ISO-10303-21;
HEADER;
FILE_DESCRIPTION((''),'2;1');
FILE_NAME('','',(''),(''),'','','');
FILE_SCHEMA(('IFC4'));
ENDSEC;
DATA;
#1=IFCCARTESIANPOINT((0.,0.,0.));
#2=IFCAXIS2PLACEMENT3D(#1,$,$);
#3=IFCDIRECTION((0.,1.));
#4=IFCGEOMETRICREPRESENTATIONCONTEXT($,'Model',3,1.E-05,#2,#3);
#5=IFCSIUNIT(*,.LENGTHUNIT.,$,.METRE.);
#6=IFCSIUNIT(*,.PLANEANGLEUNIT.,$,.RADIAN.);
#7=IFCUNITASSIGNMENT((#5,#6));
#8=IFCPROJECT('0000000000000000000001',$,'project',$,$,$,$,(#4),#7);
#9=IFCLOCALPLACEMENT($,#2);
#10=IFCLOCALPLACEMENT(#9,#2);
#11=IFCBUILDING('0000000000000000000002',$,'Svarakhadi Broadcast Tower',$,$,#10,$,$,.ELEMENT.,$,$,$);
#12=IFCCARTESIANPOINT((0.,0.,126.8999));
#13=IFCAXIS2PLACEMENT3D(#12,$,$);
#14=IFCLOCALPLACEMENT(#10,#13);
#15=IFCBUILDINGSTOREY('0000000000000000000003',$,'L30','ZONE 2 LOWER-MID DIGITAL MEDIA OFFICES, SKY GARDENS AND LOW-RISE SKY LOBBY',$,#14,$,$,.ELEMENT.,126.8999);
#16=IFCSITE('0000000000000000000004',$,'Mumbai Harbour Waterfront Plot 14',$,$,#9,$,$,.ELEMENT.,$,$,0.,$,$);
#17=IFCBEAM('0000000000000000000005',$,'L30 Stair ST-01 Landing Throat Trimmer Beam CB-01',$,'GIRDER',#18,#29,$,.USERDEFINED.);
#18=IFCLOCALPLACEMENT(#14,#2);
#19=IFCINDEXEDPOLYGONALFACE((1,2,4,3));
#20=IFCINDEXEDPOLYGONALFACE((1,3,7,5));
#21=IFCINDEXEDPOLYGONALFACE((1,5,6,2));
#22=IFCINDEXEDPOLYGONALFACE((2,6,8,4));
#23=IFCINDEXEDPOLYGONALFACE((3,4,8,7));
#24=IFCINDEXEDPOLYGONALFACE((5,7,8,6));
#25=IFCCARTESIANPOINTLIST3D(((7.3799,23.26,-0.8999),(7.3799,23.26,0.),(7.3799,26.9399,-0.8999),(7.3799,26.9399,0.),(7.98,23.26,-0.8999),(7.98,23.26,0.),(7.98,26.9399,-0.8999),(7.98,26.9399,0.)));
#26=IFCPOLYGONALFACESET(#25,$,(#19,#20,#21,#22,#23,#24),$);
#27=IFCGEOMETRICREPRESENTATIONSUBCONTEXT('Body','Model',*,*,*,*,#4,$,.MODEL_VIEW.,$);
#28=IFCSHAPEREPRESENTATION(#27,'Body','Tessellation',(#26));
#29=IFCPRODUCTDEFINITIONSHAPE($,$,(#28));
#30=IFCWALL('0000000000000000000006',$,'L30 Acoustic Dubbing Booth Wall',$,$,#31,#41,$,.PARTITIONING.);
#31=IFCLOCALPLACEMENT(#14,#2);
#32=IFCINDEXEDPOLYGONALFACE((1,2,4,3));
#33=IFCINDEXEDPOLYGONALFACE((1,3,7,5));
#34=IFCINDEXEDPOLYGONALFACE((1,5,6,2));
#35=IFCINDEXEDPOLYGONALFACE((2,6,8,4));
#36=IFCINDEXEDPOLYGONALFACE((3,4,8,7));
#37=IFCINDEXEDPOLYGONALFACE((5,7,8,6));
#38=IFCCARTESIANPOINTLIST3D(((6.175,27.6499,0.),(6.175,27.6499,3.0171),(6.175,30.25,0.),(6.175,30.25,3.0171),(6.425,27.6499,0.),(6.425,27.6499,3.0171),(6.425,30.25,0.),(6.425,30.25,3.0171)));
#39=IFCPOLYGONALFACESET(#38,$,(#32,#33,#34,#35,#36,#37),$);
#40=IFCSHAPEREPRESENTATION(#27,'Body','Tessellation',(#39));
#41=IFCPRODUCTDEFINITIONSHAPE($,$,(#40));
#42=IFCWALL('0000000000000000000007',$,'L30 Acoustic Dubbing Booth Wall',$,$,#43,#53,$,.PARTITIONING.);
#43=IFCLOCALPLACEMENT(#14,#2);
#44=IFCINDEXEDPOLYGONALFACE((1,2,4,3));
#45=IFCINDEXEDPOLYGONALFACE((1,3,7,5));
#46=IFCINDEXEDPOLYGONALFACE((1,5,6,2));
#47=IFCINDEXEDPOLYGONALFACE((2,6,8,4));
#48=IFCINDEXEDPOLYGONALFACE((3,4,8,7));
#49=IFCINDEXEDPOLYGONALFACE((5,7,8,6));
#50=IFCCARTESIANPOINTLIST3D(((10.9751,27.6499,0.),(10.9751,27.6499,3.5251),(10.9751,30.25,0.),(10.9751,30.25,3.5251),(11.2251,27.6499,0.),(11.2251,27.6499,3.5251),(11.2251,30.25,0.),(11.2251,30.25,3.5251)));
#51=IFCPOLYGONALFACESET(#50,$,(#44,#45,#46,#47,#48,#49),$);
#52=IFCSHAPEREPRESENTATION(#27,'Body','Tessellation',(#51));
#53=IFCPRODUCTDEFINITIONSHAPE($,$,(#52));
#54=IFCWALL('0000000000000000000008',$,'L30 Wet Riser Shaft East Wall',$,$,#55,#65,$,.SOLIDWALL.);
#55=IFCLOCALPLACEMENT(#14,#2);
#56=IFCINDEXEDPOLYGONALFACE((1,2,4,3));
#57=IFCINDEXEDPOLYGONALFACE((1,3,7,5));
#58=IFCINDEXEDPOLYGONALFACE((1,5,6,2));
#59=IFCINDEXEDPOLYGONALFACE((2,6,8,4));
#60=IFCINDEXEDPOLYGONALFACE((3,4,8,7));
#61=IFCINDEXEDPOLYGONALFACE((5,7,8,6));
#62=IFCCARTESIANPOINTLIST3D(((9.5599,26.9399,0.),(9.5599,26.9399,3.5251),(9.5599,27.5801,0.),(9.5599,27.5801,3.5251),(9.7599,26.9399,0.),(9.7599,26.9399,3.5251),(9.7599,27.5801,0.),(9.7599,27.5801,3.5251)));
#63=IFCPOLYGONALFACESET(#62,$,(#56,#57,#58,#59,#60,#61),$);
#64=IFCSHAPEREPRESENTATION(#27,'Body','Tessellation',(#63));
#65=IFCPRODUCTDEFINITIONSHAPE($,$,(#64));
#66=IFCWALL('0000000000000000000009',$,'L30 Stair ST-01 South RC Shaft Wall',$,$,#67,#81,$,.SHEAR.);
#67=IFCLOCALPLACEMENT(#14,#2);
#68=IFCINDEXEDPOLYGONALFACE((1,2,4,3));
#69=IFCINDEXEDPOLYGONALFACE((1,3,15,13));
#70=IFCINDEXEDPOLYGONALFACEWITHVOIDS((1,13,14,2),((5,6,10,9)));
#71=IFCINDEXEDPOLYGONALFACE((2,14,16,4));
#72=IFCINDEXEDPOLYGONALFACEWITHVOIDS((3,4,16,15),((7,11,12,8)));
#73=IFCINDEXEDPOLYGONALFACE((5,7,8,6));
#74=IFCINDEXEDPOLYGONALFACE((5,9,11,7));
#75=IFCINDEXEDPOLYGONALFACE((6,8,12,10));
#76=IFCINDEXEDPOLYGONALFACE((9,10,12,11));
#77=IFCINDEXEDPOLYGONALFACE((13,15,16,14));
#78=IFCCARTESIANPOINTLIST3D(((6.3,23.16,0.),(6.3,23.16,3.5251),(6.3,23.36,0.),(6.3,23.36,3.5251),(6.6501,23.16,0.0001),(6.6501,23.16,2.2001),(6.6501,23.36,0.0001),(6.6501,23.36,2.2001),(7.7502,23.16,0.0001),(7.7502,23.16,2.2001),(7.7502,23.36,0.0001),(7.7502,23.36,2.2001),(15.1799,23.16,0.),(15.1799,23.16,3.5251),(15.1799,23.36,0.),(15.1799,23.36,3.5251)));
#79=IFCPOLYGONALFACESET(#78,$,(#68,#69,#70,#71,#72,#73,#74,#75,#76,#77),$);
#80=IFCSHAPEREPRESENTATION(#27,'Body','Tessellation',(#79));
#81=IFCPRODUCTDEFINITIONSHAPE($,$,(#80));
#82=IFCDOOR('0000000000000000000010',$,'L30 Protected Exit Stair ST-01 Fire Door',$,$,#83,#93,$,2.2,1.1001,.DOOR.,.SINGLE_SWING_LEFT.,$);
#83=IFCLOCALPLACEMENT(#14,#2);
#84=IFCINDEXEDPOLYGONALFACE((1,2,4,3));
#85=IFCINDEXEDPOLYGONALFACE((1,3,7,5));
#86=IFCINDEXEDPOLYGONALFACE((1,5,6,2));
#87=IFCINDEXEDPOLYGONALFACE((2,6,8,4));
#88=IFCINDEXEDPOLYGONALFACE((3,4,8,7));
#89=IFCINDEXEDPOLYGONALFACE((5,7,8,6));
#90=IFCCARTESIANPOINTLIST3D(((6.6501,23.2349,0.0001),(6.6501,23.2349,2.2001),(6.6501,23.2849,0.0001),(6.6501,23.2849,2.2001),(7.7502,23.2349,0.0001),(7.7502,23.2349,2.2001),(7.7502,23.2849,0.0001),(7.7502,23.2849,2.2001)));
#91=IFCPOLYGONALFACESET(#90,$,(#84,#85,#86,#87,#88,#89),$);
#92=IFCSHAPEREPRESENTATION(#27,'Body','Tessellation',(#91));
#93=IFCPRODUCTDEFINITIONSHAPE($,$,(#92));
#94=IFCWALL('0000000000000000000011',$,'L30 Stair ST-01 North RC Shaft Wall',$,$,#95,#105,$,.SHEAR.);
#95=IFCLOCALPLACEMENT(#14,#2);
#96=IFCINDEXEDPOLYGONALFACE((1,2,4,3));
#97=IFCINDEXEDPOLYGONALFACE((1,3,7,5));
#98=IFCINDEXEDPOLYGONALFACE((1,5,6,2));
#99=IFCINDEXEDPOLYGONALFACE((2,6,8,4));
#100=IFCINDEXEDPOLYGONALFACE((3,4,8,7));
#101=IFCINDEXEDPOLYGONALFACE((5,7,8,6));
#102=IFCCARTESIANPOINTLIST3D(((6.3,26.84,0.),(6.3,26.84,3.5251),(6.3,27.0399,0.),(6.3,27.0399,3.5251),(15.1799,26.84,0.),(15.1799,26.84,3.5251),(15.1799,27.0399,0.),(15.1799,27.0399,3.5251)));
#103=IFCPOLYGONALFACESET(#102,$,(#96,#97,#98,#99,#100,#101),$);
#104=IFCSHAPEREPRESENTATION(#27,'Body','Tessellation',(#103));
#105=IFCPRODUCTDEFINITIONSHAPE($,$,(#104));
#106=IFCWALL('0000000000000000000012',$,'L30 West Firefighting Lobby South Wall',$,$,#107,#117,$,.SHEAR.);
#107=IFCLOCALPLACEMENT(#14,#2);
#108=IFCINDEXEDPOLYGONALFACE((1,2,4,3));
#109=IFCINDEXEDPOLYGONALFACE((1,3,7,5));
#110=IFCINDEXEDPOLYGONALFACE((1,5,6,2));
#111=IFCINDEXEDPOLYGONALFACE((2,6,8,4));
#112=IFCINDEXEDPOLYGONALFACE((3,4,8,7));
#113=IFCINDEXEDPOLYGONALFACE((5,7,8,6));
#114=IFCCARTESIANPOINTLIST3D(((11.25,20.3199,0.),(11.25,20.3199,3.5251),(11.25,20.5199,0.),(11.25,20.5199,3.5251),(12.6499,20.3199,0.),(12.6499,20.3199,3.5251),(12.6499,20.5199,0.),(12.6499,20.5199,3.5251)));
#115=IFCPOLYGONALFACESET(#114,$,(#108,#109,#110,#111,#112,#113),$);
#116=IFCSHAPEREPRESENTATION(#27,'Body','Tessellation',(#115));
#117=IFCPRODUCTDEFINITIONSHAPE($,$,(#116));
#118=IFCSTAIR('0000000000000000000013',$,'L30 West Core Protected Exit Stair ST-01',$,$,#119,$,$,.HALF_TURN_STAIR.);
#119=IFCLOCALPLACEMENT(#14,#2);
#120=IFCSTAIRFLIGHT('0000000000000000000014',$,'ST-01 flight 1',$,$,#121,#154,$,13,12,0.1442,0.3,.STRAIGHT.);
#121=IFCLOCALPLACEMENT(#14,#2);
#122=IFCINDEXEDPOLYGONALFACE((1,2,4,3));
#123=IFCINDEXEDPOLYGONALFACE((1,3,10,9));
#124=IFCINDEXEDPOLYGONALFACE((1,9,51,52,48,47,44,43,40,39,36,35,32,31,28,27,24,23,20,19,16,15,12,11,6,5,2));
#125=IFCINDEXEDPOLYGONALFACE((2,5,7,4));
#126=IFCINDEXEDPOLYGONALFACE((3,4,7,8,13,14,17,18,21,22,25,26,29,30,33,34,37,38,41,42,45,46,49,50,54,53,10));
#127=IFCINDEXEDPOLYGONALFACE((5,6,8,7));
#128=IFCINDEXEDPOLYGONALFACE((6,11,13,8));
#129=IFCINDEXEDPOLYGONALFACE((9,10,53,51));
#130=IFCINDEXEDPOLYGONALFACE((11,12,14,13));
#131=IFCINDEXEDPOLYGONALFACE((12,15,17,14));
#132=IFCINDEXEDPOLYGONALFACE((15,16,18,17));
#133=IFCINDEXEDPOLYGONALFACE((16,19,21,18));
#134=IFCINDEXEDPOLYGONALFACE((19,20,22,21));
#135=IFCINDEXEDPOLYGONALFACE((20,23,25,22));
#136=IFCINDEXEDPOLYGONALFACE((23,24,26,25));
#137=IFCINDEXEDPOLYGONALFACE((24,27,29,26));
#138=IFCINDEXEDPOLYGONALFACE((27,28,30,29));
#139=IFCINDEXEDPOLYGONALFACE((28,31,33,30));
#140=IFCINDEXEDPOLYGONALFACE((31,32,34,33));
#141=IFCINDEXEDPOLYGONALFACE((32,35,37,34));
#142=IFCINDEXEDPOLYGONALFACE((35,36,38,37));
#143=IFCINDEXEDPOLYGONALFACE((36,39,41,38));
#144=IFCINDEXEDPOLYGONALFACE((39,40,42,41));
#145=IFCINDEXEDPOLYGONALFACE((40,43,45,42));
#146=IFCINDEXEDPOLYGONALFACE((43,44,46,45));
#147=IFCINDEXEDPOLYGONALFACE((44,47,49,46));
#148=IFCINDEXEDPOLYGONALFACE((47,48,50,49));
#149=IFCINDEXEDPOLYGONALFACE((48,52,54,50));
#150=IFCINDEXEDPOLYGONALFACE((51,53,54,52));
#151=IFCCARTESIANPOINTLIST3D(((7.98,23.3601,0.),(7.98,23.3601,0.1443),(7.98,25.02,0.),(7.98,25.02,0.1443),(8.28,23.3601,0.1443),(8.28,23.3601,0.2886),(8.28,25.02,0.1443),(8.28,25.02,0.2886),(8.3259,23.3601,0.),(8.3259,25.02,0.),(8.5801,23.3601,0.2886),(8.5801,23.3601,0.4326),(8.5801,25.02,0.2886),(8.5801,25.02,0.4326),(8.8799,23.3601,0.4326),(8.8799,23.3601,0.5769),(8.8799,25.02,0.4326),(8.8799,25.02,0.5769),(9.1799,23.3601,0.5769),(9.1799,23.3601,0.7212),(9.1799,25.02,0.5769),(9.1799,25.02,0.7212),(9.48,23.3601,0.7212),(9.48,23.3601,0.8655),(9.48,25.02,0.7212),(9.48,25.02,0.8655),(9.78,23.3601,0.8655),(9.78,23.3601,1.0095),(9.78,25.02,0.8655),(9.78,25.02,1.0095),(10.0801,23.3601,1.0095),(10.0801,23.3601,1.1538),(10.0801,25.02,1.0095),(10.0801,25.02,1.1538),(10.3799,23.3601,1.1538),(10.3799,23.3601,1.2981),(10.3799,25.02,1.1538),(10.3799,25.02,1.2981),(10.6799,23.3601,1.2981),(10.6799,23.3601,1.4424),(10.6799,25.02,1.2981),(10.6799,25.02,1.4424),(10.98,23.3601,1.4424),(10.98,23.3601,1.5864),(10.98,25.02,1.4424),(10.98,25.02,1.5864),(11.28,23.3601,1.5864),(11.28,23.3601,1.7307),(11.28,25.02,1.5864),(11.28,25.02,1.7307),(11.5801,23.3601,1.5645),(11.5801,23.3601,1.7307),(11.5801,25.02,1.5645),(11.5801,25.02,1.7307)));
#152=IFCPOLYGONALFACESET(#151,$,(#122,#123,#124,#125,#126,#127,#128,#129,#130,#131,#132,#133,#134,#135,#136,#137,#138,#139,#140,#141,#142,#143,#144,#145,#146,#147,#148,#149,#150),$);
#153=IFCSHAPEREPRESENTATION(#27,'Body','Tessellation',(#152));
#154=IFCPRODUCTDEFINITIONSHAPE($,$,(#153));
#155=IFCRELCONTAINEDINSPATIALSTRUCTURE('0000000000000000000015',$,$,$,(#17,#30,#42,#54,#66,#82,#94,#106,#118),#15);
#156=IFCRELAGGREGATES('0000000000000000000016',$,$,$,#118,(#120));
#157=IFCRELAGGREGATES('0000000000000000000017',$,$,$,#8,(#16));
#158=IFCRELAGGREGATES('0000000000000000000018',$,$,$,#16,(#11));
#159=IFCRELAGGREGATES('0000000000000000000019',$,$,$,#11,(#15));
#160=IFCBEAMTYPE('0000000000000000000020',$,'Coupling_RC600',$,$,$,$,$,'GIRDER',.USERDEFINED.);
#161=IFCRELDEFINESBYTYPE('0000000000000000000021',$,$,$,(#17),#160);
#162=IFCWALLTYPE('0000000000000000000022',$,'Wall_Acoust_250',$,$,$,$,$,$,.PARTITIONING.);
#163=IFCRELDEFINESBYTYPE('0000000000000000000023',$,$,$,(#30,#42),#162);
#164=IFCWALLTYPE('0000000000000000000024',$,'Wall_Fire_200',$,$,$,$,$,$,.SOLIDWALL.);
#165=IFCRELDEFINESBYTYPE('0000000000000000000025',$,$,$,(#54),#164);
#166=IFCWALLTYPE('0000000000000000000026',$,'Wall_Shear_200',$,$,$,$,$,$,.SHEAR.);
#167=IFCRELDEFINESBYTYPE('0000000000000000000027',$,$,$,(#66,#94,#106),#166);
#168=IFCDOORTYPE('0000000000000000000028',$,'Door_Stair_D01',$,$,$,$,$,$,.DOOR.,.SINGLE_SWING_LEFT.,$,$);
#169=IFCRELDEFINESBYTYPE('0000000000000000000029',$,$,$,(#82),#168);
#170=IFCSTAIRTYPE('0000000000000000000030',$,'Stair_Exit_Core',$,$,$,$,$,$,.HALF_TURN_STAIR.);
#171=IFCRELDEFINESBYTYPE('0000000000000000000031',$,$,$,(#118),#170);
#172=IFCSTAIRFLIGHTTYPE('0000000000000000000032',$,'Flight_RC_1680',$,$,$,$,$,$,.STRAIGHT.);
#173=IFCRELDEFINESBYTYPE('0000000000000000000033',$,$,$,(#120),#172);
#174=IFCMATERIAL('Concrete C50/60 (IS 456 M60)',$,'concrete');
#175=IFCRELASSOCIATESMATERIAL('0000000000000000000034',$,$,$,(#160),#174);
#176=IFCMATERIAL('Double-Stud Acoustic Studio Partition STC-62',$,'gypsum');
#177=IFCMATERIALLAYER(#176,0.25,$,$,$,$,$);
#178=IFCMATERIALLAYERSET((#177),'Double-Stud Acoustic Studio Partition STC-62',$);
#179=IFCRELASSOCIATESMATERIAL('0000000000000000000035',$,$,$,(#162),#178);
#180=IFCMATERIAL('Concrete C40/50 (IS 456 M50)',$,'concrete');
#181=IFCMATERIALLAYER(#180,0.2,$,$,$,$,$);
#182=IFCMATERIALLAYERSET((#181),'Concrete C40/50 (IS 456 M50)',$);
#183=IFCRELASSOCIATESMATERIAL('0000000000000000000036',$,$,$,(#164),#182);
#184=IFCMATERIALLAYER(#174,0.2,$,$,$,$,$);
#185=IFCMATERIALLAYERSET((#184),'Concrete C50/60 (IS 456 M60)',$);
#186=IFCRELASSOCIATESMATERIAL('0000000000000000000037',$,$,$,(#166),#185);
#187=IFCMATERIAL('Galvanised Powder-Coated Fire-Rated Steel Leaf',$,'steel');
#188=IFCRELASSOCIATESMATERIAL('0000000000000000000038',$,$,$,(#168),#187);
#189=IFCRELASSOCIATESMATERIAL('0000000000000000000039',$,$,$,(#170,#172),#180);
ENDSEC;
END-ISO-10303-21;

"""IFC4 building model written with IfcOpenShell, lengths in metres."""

from ifc_helpers import new_model, si_unit, direction, frame, frame_2d, origin, origin_2d, place, context, subcontext, project, spatial, polyline, rectangle, outline, extrude, material, layer, layer_set, material_profile, profile_set, type_object, element, fill, aggregate, save


model = new_model("IFC4")

# Units and contexts
model_context = context("Model", 3, precision=1e-05, world=origin(), true_north=direction((0.0, 1.0)))
body_context = subcontext(model_context, "Body", "Model", "MODEL_VIEW")
ifc_project = project(units=[si_unit("LENGTHUNIT", "METRE"), si_unit("PLANEANGLEUNIT", "RADIAN")], contexts=[model_context])

# Site, building, storey
site_placement = place(None, origin())
site = spatial("IfcSite", under=ifc_project, at=site_placement, Name="Mumbai Harbour Waterfront Plot 14", CompositionType="ELEMENT", RefElevation=0.0)
building_placement = place(site_placement, origin())
building = spatial("IfcBuilding", under=site, at=building_placement, Name="Svarakhadi Broadcast Tower", CompositionType="ELEMENT")
storey_placement = place(building_placement, frame((0.0, 0.0, 126.8999)))
storey = spatial("IfcBuildingStorey", under=building, at=storey_placement, Name="L30", Description="ZONE 2 LOWER-MID DIGITAL MEDIA OFFICES, SKY GARDENS AND LOW-RISE SKY LOBBY", CompositionType="ELEMENT", Elevation=126.8999)

# Beam
ifc_material_1 = material(Name="Concrete C50/60 (IS 456 M60)", Category="concrete")
ifc_material_profile = material_profile(ifc_material_1, rectangle(XDim=0.6001, YDim=0.8999, at=origin_2d()), Name="RC 600x900")
ifc_profile_set = profile_set([ifc_material_profile], Name="Concrete C50/60 (IS 456 M60)")
beam_type = type_object("IfcBeamType", Name="Coupling_RC600", ElementType="GIRDER", PredefinedType="USERDEFINED", material=ifc_profile_set)
beam_placement = place(storey_placement, frame((7.6799, 23.26, -0.45), z_axis=(0.0, 1.0, 0.0), x_axis=(-1.0, 0.0, 0.0)))
element("IfcBeam", 1, at=beam_placement, inside=storey, type_object=beam_type, Name="L30 Stair ST-01 Landing Throat Trimmer Beam CB-01", ObjectType="GIRDER", PredefinedType="USERDEFINED", context=body_context, shape_type="SweptSolid", body=[
    extrude(rectangle(XDim=0.6001, YDim=0.8999, at=origin_2d()), origin(), (0.0, 0.0, 1.0), 3.6799),
])

# Walls
ifc_material_2 = material(Name="Double-Stud Acoustic Studio Partition STC-62", Category="gypsum")
ifc_layer_1 = layer(ifc_material_2, 0.25)
ifc_layer_set_1 = layer_set([ifc_layer_1], Name="Double-Stud Acoustic Studio Partition STC-62")
wall_type_1 = type_object("IfcWallType", Name="Wall_Acoust_250", PredefinedType="PARTITIONING", material=ifc_layer_set_1)
wall_1_placement = place(storey_placement, frame((6.3, 27.6499, 0.0), z_axis=(0.0, 0.0, 1.0), x_axis=(0.0, 1.0, 0.0)))
element("IfcWall", 2, at=wall_1_placement, inside=storey, type_object=wall_type_1, Name="L30 Acoustic Dubbing Booth Wall", PredefinedType="PARTITIONING", context=body_context, shape_type="SweptSolid", body=[
    extrude(rectangle(XDim=2.6001, YDim=0.25, at=frame_2d((1.3, 0.0))), origin(), (0.0, 0.0, 1.0), 3.0171),
])
wall_2_placement = place(storey_placement, frame((11.1001, 27.6499, 0.0), z_axis=(0.0, 0.0, 1.0), x_axis=(0.0, 1.0, 0.0)))
element("IfcWall", 3, at=wall_2_placement, inside=storey, type_object=wall_type_1, Name="L30 Acoustic Dubbing Booth Wall", PredefinedType="PARTITIONING", context=body_context, shape_type="SweptSolid", body=[
    extrude(rectangle(XDim=2.6001, YDim=0.25, at=frame_2d((1.3, 0.0))), origin(), (0.0, 0.0, 1.0), 3.5251),
])
ifc_material_3 = material(Name="Concrete C40/50 (IS 456 M50)", Category="concrete")
ifc_layer_2 = layer(ifc_material_3, 0.2)
ifc_layer_set_2 = layer_set([ifc_layer_2], Name="Concrete C40/50 (IS 456 M50)")
wall_type_2 = type_object("IfcWallType", Name="Wall_Fire_200", PredefinedType="SOLIDWALL", material=ifc_layer_set_2)
wall_3_placement = place(storey_placement, frame((9.6599, 26.9399, 0.0), z_axis=(0.0, 0.0, 1.0), x_axis=(0.0, 1.0, 0.0)))
element("IfcWall", 4, at=wall_3_placement, inside=storey, type_object=wall_type_2, Name="L30 Wet Riser Shaft East Wall", PredefinedType="SOLIDWALL", context=body_context, shape_type="SweptSolid", body=[
    extrude(rectangle(XDim=0.6401, YDim=0.2, at=frame_2d((0.3201, 0.0))), origin(), (0.0, 0.0, 1.0), 3.5251),
])

# Wall, opening, door
ifc_layer_3 = layer(ifc_material_1, 0.2)
ifc_layer_set_3 = layer_set([ifc_layer_3], Name="Concrete C50/60 (IS 456 M60)")
wall_type_3 = type_object("IfcWallType", Name="Wall_Shear_200", PredefinedType="SHEAR", material=ifc_layer_set_3)
wall_4_placement = place(storey_placement, frame((6.3, 23.26, 0.0), z_axis=(0.0, 0.0, 1.0), x_axis=(1.0, 0.0, 0.0)))
wall_4 = element("IfcWall", 5, at=wall_4_placement, inside=storey, type_object=wall_type_3, Name="L30 Stair ST-01 South RC Shaft Wall", PredefinedType="SHEAR", context=body_context, shape_type="SweptSolid", body=[
    extrude(rectangle(XDim=8.8799, YDim=0.2, at=frame_2d((4.4399, 0.0))), origin(), (0.0, 0.0, 1.0), 3.5251),
])
opening_placement = place(wall_4_placement, frame((0.3501, 0.0, 0.0)))
opening = element("IfcOpeningElement", 6, at=opening_placement, cuts=wall_4, PredefinedType="OPENING", context=body_context, shape_type="SweptSolid", body=[
    extrude(rectangle(XDim=1.1001, YDim=2.2, at=frame_2d((0.55, 1.1001))), frame((0.0, 0.1099, 0.0), z_axis=(0.0, -1.0, 0.0), x_axis=(1.0, 0.0, 0.0)), (0.0, 0.0, 1.0), 0.22),
])
ifc_material_4 = material(Name="Galvanised Powder-Coated Fire-Rated Steel Leaf", Category="steel")
door_type = type_object("IfcDoorType", Name="Door_Stair_D01", OperationType="SINGLE_SWING_LEFT", PredefinedType="DOOR", material=ifc_material_4)
door_placement = place(opening_placement, origin())
door = element("IfcDoor", 7, at=door_placement, inside=storey, type_object=door_type, Name="L30 Protected Exit Stair ST-01 Fire Door", OperationType="SINGLE_SWING_LEFT", OverallHeight=2.2, OverallWidth=1.1001, PredefinedType="DOOR", context=body_context, shape_type="SweptSolid", body=[
    extrude(rectangle(XDim=1.1001, YDim=2.2, at=frame_2d((0.55, 1.1001))), frame((0.0, 0.0249, 0.0), z_axis=(0.0, -1.0, 0.0), x_axis=(1.0, 0.0, 0.0)), (0.0, 0.0, 1.0), 0.05),
])
fill(opening, door)

# Walls
wall_5_placement = place(storey_placement, frame((6.3, 26.9399, 0.0), z_axis=(0.0, 0.0, 1.0), x_axis=(1.0, 0.0, 0.0)))
element("IfcWall", 8, at=wall_5_placement, inside=storey, type_object=wall_type_3, Name="L30 Stair ST-01 North RC Shaft Wall", PredefinedType="SHEAR", context=body_context, shape_type="SweptSolid", body=[
    extrude(rectangle(XDim=8.8799, YDim=0.2, at=frame_2d((4.4399, 0.0))), origin(), (0.0, 0.0, 1.0), 3.5251),
])
wall_6_placement = place(storey_placement, frame((11.25, 20.4199, 0.0), z_axis=(0.0, 0.0, 1.0), x_axis=(1.0, 0.0, 0.0)))
element("IfcWall", 9, at=wall_6_placement, inside=storey, type_object=wall_type_3, Name="L30 West Firefighting Lobby South Wall", PredefinedType="SHEAR", context=body_context, shape_type="SweptSolid", body=[
    extrude(rectangle(XDim=1.3999, YDim=0.2, at=frame_2d((0.7, 0.0))), origin(), (0.0, 0.0, 1.0), 3.5251),
])

# Stair, stair flight
stair_type = type_object("IfcStairType", Name="Stair_Exit_Core", PredefinedType="HALF_TURN_STAIR", material=ifc_material_3)
stair_placement = place(storey_placement, origin())
stair = element("IfcStair", 10, at=stair_placement, inside=storey, type_object=stair_type, Name="L30 West Core Protected Exit Stair ST-01", PredefinedType="HALF_TURN_STAIR")
stair_flight_type = type_object("IfcStairFlightType", Name="Flight_RC_1680", PredefinedType="STRAIGHT", material=ifc_material_3)
stair_flight_1_placement = place(storey_placement, frame((7.98, 24.1899, 0.0), z_axis=(0.0, 0.0, 1.0), x_axis=(1.0, 0.0, 0.0)))
stair_flight_1 = element("IfcStairFlight", 11, at=stair_flight_1_placement, type_object=stair_flight_type, Name="ST-01 flight 1", NumberOfRisers=13, NumberOfTreads=12, PredefinedType="STRAIGHT", RiserHeight=0.1442, TreadLength=0.3, context=body_context, shape_type="SweptSolid", body=[
    extrude(outline(polyline([(0.0, 0.0), (0.0, 0.1443), (0.3, 0.1443), (0.3, 0.2886), (0.6001, 0.2886), (0.6001, 0.4326), (0.8999, 0.4326), (0.8999, 0.5769), (1.2, 0.5769), (1.2, 0.7212), (1.5, 0.7212), (1.5, 0.8655), (1.8, 0.8655), (1.8, 1.0095), (2.1001, 1.0095), (2.1001, 1.1538), (2.3999, 1.1538), (2.3999, 1.2981), (2.7, 1.2981), (2.7, 1.4424), (3.0, 1.4424), (3.0, 1.5864), (3.3, 1.5864), (3.3, 1.7307), (3.6001, 1.7307), (3.6001, 1.875), (3.6001, 1.5645), (0.3459, 0.0), (0.0, 0.0)])), frame((0.0, 0.8301, 0.0), z_axis=(0.0, -1.0, 0.0), x_axis=(1.0, 0.0, 0.0)), (0.0, 0.0, 1.0), 1.6599),
])
aggregate(stair, [stair_flight_1])

save(model, "model.ifc")
